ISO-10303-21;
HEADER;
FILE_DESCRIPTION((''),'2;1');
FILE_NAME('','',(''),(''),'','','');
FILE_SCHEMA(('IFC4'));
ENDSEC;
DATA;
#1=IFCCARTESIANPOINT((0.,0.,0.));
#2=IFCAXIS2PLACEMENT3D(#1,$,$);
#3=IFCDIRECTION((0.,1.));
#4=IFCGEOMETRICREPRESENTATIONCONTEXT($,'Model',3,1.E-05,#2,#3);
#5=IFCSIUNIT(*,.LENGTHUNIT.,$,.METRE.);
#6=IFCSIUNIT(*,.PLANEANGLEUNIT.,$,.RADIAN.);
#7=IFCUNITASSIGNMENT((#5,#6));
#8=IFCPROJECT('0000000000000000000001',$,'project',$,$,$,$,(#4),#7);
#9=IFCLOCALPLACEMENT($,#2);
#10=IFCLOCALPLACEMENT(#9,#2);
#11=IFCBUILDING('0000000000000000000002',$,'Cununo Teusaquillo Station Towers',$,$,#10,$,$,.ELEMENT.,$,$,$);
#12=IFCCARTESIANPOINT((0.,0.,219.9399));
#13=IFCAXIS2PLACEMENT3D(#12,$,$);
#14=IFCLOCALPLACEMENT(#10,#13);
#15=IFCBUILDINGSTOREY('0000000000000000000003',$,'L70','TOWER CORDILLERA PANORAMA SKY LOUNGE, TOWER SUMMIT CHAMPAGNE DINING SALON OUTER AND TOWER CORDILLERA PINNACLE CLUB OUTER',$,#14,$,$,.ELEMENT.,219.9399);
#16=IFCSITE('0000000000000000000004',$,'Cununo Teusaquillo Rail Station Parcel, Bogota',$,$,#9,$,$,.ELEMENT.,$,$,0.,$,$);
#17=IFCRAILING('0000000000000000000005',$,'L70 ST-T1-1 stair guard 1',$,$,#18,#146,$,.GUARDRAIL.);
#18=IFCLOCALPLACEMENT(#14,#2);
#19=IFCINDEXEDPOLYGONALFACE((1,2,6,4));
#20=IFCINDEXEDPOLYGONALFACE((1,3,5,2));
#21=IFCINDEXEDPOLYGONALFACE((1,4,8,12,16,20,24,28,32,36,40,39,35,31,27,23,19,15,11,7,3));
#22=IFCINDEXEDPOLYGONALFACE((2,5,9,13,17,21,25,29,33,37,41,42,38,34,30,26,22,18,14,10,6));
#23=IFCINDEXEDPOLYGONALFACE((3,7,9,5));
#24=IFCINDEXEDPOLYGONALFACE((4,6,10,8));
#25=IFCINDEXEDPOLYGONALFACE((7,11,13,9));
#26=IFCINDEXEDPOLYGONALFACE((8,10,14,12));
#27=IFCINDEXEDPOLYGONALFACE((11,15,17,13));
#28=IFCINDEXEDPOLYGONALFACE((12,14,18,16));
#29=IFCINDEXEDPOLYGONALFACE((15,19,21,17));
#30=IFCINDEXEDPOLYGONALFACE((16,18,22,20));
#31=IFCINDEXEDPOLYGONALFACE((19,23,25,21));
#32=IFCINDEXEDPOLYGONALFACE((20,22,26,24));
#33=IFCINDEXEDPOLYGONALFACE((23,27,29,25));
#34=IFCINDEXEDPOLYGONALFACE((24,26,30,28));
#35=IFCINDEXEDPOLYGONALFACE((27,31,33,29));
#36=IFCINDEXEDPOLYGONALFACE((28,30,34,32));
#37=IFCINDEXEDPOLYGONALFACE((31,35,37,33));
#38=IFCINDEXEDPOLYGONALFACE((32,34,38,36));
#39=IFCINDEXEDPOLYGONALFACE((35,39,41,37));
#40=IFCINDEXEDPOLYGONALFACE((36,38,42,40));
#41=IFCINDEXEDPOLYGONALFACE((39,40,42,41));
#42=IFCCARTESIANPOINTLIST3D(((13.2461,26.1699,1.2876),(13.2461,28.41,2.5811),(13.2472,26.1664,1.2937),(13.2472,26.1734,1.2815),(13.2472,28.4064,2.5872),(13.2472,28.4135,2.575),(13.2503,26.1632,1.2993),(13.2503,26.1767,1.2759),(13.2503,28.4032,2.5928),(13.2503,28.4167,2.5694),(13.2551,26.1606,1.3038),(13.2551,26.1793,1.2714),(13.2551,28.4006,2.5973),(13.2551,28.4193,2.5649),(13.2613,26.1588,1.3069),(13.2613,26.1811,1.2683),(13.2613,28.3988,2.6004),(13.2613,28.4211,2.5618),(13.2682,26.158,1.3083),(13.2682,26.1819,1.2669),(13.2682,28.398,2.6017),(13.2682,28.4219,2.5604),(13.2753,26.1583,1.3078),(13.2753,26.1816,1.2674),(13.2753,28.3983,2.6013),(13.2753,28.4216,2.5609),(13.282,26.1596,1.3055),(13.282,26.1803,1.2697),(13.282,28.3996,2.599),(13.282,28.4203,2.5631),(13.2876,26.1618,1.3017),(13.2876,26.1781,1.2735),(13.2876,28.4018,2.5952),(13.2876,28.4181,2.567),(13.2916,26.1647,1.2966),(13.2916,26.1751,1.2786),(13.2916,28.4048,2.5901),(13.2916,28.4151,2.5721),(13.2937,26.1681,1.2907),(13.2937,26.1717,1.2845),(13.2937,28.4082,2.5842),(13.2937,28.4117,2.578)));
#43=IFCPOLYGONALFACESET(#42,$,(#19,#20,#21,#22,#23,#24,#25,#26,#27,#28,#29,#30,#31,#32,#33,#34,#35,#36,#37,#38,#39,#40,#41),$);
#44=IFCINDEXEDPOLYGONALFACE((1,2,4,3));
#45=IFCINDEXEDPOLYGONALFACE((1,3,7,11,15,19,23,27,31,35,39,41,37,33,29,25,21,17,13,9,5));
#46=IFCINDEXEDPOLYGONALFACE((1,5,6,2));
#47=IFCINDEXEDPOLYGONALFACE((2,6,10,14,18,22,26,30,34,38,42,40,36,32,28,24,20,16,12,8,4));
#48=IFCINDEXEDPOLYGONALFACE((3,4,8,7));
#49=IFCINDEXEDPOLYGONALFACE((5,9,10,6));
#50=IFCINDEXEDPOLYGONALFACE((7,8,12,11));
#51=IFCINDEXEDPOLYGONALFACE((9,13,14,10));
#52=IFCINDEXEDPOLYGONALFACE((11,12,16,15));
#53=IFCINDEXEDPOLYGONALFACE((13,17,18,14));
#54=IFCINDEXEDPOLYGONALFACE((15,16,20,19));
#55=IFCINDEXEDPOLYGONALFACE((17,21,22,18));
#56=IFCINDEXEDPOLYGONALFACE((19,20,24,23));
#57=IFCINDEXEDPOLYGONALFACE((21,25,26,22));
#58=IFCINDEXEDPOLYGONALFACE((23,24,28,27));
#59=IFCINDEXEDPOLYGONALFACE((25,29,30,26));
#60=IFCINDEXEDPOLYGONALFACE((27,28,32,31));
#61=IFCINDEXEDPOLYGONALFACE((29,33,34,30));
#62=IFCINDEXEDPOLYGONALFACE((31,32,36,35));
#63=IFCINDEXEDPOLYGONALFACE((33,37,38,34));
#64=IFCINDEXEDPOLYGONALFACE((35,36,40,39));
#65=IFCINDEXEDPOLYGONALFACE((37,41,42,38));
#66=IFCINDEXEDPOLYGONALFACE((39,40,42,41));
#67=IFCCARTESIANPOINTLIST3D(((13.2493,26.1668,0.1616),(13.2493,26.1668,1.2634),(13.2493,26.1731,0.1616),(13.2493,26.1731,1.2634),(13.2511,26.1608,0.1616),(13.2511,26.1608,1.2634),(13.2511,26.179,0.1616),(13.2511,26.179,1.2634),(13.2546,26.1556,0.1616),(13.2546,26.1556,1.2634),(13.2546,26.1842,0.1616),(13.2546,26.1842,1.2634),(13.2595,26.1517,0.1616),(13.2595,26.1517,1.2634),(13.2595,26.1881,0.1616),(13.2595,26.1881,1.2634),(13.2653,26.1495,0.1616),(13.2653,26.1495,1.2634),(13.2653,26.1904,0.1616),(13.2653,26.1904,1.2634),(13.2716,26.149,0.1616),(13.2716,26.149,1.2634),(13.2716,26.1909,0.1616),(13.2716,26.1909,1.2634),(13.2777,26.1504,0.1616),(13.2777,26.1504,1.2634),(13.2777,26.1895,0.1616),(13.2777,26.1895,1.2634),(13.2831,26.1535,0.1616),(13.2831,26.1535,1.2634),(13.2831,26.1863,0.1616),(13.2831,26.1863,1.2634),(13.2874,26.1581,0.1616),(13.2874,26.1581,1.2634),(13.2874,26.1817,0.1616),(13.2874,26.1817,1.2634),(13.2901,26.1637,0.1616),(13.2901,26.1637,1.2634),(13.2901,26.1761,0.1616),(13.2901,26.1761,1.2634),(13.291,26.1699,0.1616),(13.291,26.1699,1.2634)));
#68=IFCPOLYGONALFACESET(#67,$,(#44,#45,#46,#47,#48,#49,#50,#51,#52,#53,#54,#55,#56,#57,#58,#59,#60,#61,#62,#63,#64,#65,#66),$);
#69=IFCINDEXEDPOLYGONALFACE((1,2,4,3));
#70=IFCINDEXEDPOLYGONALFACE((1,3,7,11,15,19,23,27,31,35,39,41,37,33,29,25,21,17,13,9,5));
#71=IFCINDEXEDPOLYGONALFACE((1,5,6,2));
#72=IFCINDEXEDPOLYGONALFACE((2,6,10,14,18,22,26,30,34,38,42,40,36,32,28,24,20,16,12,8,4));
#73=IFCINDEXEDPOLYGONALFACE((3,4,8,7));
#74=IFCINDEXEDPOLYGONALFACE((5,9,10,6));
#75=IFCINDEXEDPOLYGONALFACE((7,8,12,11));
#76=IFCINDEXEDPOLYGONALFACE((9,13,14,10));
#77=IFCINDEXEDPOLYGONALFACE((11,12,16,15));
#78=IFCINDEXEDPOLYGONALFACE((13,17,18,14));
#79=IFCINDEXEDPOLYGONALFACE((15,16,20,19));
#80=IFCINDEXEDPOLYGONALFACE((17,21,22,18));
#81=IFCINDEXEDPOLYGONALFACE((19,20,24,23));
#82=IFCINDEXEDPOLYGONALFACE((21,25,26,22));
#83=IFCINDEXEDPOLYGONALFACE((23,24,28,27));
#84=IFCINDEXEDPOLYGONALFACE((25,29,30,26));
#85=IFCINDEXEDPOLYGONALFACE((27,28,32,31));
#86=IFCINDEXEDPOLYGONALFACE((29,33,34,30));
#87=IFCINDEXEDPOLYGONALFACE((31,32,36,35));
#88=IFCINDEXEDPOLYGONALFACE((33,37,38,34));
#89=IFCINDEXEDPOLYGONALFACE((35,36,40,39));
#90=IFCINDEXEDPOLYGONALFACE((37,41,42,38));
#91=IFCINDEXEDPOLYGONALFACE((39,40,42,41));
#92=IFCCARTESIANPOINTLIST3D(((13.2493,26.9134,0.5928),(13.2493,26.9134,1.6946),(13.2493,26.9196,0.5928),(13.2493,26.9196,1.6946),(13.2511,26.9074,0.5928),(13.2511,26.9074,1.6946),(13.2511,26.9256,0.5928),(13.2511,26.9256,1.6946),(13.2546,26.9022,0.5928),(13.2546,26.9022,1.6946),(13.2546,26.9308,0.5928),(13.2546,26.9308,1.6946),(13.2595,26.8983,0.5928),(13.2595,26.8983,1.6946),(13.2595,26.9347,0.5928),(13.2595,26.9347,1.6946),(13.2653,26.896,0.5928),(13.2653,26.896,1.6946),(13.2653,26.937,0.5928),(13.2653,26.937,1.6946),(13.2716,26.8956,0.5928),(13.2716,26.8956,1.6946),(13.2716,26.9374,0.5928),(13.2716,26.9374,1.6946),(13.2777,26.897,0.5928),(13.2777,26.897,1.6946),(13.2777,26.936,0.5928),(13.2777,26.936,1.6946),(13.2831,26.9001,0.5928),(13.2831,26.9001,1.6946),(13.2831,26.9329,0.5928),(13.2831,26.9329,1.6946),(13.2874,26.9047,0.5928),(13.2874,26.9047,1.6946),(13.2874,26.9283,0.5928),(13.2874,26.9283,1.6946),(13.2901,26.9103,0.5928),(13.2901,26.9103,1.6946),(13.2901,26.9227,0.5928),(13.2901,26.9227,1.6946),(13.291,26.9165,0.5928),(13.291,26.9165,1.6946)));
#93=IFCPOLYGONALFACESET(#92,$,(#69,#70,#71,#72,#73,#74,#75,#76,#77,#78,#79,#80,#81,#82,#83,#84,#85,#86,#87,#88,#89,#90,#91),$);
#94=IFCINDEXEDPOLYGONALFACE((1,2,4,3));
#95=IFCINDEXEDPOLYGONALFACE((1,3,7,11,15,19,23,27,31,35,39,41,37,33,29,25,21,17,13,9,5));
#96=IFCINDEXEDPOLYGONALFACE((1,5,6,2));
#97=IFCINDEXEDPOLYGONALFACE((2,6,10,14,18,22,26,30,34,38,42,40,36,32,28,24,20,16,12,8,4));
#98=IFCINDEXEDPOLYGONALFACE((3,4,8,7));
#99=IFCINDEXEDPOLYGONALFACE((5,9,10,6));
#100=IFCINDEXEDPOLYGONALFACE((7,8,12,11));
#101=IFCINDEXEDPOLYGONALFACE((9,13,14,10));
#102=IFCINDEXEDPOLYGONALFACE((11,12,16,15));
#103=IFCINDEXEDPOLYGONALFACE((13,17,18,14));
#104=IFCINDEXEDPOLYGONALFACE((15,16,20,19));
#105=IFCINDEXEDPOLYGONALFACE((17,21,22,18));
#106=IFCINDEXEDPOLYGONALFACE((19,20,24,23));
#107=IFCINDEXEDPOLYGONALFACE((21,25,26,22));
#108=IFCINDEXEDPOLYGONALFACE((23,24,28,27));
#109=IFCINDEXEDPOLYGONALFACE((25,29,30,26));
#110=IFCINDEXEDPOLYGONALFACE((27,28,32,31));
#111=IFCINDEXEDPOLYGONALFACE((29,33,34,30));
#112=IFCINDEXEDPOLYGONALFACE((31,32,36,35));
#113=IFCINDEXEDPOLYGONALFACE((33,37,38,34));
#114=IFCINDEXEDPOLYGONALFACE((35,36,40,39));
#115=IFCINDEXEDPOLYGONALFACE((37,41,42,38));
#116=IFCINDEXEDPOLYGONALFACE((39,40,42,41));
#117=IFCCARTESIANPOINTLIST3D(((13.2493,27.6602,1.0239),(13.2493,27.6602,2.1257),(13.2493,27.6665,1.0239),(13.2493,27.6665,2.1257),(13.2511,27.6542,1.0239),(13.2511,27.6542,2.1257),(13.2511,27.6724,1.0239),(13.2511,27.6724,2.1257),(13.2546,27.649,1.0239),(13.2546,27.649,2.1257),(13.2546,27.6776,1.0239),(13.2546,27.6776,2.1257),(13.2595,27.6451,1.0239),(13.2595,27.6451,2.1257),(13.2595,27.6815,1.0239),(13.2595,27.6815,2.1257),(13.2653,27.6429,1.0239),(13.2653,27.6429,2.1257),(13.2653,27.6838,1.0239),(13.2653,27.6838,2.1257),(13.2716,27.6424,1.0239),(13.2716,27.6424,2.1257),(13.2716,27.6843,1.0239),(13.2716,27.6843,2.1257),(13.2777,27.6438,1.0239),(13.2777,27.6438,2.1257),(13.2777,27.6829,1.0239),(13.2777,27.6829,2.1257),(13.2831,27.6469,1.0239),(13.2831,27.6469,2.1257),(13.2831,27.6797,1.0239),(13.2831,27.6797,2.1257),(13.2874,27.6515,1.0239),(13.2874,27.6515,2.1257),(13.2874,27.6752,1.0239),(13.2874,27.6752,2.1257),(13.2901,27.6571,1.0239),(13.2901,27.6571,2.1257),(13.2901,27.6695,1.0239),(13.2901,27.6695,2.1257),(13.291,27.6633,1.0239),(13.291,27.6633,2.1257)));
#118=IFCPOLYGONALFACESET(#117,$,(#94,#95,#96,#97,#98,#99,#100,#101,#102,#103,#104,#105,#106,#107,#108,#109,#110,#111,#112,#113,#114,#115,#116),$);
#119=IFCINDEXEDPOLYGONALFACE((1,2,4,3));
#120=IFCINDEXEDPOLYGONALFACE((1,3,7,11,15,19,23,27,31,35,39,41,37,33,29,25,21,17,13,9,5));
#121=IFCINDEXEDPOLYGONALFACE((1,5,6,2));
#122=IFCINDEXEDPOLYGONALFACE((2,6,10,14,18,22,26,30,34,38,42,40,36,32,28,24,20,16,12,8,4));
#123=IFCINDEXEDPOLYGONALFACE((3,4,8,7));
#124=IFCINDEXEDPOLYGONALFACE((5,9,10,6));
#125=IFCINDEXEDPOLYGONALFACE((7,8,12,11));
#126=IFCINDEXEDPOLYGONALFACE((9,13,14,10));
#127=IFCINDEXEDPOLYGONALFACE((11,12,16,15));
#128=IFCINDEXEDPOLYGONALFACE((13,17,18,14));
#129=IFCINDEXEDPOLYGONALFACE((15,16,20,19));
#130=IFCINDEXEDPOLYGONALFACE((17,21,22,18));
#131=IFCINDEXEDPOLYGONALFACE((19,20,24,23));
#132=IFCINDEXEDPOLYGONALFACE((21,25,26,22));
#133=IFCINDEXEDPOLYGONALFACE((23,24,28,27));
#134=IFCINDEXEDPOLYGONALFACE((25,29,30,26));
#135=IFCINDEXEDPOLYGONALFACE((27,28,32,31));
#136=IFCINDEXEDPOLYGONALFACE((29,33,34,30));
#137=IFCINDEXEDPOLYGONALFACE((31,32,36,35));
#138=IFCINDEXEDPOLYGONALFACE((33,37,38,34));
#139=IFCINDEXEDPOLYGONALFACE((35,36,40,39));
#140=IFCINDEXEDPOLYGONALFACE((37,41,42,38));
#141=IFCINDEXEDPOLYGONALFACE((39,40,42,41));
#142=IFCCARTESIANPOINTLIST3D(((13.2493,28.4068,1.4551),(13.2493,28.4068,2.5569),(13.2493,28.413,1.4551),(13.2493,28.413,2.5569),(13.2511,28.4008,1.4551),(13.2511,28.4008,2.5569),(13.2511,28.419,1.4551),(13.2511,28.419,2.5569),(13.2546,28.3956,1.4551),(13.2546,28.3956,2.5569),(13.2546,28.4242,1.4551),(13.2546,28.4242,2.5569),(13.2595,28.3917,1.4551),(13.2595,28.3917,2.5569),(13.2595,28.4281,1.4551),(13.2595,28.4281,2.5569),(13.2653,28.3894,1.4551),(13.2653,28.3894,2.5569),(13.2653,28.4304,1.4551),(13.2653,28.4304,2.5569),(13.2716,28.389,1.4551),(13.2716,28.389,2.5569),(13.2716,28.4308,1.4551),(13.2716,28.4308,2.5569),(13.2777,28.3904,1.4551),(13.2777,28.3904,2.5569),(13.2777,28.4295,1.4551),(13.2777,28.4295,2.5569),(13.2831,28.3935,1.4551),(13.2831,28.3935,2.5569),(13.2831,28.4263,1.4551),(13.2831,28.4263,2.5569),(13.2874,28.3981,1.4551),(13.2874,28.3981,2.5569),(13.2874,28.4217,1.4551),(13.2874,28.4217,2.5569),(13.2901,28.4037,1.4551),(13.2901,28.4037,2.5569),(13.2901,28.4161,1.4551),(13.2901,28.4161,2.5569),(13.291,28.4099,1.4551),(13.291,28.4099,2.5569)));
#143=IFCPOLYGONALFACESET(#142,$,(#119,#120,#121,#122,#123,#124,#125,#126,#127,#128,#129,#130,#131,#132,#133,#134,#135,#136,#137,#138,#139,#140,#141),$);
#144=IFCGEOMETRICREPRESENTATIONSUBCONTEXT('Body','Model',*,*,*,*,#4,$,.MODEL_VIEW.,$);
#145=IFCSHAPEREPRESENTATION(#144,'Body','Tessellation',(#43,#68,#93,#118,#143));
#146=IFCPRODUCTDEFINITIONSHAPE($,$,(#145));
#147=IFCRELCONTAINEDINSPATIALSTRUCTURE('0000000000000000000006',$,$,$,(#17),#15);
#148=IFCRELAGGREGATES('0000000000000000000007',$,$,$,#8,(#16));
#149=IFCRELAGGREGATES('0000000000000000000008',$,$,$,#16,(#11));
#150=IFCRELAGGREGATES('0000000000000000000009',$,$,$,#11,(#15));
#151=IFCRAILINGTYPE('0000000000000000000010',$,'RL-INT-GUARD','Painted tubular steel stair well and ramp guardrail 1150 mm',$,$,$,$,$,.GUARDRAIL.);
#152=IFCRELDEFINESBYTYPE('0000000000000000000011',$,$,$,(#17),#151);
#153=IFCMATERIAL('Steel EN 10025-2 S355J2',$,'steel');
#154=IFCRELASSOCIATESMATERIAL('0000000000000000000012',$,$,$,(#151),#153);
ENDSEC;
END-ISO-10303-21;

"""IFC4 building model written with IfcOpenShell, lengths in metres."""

from ifc_helpers import new_model, si_unit, direction, frame, origin, origin_2d, place, context, subcontext, project, spatial, circle, extrude, material, type_object, element, save


model = new_model("IFC4")

# Units and contexts
model_context = context("Model", 3, precision=1e-05, world=origin(), true_north=direction((0.0, 1.0)))
body_context = subcontext(model_context, "Body", "Model", "MODEL_VIEW")
ifc_project = project(units=[si_unit("LENGTHUNIT", "METRE"), si_unit("PLANEANGLEUNIT", "RADIAN")], contexts=[model_context])

# Site, building, storey
site_placement = place(None, origin())
site = spatial("IfcSite", under=ifc_project, at=site_placement, Name="Cununo Teusaquillo Rail Station Parcel, Bogota", CompositionType="ELEMENT", RefElevation=0.0)
building_placement = place(site_placement, origin())
building = spatial("IfcBuilding", under=site, at=building_placement, Name="Cununo Teusaquillo Station Towers", CompositionType="ELEMENT")
storey_placement = place(building_placement, frame((0.0, 0.0, 219.9399)))
storey = spatial("IfcBuildingStorey", under=building, at=storey_placement, Name="L70", Description="TOWER CORDILLERA PANORAMA SKY LOUNGE, TOWER SUMMIT CHAMPAGNE DINING SALON OUTER AND TOWER CORDILLERA PINNACLE CLUB OUTER", CompositionType="ELEMENT", Elevation=219.9399)

# Railing
ifc_material_1 = material(Name="Steel EN 10025-2 S355J2", Category="steel")
railing_type_1 = type_object("IfcRailingType", Name="RL-INT-GUARD", Description="Painted tubular steel stair well and ramp guardrail 1150 mm", PredefinedType="GUARDRAIL", material=ifc_material_1)
railing_1_placement = place(storey_placement, frame((13.27, 26.1699, 0.1616)))
element("IfcRailing", 1, at=railing_1_placement, inside=storey, type_object=railing_type_1, Name="L70 ST-T1-1 stair guard 1", PredefinedType="GUARDRAIL", context=body_context, shape_type="SweptSolid", body=[
    extrude(circle(Radius=0.0239, at=origin_2d()), frame((0.0, 0.0, 1.126), z_axis=(0.0, 0.865992, 0.500057), x_axis=(-1.0, 0.0, 0.0)), (0.0, 0.0, 1.0), 2.5867),
    extrude(circle(Radius=0.021, at=origin_2d()), origin(), (0.0, 0.0, 1.0), 1.1018),
    extrude(circle(Radius=0.021, at=origin_2d()), frame((0.0, 0.7466, 0.4312)), (0.0, 0.0, 1.0), 1.1018),
    extrude(circle(Radius=0.021, at=origin_2d()), frame((0.0, 1.4934, 0.8623)), (0.0, 0.0, 1.0), 1.1018),
    extrude(circle(Radius=0.021, at=origin_2d()), frame((0.0, 2.24, 1.2935)), (0.0, 0.0, 1.0), 1.1018),
])

save(model, "model.ifc")
